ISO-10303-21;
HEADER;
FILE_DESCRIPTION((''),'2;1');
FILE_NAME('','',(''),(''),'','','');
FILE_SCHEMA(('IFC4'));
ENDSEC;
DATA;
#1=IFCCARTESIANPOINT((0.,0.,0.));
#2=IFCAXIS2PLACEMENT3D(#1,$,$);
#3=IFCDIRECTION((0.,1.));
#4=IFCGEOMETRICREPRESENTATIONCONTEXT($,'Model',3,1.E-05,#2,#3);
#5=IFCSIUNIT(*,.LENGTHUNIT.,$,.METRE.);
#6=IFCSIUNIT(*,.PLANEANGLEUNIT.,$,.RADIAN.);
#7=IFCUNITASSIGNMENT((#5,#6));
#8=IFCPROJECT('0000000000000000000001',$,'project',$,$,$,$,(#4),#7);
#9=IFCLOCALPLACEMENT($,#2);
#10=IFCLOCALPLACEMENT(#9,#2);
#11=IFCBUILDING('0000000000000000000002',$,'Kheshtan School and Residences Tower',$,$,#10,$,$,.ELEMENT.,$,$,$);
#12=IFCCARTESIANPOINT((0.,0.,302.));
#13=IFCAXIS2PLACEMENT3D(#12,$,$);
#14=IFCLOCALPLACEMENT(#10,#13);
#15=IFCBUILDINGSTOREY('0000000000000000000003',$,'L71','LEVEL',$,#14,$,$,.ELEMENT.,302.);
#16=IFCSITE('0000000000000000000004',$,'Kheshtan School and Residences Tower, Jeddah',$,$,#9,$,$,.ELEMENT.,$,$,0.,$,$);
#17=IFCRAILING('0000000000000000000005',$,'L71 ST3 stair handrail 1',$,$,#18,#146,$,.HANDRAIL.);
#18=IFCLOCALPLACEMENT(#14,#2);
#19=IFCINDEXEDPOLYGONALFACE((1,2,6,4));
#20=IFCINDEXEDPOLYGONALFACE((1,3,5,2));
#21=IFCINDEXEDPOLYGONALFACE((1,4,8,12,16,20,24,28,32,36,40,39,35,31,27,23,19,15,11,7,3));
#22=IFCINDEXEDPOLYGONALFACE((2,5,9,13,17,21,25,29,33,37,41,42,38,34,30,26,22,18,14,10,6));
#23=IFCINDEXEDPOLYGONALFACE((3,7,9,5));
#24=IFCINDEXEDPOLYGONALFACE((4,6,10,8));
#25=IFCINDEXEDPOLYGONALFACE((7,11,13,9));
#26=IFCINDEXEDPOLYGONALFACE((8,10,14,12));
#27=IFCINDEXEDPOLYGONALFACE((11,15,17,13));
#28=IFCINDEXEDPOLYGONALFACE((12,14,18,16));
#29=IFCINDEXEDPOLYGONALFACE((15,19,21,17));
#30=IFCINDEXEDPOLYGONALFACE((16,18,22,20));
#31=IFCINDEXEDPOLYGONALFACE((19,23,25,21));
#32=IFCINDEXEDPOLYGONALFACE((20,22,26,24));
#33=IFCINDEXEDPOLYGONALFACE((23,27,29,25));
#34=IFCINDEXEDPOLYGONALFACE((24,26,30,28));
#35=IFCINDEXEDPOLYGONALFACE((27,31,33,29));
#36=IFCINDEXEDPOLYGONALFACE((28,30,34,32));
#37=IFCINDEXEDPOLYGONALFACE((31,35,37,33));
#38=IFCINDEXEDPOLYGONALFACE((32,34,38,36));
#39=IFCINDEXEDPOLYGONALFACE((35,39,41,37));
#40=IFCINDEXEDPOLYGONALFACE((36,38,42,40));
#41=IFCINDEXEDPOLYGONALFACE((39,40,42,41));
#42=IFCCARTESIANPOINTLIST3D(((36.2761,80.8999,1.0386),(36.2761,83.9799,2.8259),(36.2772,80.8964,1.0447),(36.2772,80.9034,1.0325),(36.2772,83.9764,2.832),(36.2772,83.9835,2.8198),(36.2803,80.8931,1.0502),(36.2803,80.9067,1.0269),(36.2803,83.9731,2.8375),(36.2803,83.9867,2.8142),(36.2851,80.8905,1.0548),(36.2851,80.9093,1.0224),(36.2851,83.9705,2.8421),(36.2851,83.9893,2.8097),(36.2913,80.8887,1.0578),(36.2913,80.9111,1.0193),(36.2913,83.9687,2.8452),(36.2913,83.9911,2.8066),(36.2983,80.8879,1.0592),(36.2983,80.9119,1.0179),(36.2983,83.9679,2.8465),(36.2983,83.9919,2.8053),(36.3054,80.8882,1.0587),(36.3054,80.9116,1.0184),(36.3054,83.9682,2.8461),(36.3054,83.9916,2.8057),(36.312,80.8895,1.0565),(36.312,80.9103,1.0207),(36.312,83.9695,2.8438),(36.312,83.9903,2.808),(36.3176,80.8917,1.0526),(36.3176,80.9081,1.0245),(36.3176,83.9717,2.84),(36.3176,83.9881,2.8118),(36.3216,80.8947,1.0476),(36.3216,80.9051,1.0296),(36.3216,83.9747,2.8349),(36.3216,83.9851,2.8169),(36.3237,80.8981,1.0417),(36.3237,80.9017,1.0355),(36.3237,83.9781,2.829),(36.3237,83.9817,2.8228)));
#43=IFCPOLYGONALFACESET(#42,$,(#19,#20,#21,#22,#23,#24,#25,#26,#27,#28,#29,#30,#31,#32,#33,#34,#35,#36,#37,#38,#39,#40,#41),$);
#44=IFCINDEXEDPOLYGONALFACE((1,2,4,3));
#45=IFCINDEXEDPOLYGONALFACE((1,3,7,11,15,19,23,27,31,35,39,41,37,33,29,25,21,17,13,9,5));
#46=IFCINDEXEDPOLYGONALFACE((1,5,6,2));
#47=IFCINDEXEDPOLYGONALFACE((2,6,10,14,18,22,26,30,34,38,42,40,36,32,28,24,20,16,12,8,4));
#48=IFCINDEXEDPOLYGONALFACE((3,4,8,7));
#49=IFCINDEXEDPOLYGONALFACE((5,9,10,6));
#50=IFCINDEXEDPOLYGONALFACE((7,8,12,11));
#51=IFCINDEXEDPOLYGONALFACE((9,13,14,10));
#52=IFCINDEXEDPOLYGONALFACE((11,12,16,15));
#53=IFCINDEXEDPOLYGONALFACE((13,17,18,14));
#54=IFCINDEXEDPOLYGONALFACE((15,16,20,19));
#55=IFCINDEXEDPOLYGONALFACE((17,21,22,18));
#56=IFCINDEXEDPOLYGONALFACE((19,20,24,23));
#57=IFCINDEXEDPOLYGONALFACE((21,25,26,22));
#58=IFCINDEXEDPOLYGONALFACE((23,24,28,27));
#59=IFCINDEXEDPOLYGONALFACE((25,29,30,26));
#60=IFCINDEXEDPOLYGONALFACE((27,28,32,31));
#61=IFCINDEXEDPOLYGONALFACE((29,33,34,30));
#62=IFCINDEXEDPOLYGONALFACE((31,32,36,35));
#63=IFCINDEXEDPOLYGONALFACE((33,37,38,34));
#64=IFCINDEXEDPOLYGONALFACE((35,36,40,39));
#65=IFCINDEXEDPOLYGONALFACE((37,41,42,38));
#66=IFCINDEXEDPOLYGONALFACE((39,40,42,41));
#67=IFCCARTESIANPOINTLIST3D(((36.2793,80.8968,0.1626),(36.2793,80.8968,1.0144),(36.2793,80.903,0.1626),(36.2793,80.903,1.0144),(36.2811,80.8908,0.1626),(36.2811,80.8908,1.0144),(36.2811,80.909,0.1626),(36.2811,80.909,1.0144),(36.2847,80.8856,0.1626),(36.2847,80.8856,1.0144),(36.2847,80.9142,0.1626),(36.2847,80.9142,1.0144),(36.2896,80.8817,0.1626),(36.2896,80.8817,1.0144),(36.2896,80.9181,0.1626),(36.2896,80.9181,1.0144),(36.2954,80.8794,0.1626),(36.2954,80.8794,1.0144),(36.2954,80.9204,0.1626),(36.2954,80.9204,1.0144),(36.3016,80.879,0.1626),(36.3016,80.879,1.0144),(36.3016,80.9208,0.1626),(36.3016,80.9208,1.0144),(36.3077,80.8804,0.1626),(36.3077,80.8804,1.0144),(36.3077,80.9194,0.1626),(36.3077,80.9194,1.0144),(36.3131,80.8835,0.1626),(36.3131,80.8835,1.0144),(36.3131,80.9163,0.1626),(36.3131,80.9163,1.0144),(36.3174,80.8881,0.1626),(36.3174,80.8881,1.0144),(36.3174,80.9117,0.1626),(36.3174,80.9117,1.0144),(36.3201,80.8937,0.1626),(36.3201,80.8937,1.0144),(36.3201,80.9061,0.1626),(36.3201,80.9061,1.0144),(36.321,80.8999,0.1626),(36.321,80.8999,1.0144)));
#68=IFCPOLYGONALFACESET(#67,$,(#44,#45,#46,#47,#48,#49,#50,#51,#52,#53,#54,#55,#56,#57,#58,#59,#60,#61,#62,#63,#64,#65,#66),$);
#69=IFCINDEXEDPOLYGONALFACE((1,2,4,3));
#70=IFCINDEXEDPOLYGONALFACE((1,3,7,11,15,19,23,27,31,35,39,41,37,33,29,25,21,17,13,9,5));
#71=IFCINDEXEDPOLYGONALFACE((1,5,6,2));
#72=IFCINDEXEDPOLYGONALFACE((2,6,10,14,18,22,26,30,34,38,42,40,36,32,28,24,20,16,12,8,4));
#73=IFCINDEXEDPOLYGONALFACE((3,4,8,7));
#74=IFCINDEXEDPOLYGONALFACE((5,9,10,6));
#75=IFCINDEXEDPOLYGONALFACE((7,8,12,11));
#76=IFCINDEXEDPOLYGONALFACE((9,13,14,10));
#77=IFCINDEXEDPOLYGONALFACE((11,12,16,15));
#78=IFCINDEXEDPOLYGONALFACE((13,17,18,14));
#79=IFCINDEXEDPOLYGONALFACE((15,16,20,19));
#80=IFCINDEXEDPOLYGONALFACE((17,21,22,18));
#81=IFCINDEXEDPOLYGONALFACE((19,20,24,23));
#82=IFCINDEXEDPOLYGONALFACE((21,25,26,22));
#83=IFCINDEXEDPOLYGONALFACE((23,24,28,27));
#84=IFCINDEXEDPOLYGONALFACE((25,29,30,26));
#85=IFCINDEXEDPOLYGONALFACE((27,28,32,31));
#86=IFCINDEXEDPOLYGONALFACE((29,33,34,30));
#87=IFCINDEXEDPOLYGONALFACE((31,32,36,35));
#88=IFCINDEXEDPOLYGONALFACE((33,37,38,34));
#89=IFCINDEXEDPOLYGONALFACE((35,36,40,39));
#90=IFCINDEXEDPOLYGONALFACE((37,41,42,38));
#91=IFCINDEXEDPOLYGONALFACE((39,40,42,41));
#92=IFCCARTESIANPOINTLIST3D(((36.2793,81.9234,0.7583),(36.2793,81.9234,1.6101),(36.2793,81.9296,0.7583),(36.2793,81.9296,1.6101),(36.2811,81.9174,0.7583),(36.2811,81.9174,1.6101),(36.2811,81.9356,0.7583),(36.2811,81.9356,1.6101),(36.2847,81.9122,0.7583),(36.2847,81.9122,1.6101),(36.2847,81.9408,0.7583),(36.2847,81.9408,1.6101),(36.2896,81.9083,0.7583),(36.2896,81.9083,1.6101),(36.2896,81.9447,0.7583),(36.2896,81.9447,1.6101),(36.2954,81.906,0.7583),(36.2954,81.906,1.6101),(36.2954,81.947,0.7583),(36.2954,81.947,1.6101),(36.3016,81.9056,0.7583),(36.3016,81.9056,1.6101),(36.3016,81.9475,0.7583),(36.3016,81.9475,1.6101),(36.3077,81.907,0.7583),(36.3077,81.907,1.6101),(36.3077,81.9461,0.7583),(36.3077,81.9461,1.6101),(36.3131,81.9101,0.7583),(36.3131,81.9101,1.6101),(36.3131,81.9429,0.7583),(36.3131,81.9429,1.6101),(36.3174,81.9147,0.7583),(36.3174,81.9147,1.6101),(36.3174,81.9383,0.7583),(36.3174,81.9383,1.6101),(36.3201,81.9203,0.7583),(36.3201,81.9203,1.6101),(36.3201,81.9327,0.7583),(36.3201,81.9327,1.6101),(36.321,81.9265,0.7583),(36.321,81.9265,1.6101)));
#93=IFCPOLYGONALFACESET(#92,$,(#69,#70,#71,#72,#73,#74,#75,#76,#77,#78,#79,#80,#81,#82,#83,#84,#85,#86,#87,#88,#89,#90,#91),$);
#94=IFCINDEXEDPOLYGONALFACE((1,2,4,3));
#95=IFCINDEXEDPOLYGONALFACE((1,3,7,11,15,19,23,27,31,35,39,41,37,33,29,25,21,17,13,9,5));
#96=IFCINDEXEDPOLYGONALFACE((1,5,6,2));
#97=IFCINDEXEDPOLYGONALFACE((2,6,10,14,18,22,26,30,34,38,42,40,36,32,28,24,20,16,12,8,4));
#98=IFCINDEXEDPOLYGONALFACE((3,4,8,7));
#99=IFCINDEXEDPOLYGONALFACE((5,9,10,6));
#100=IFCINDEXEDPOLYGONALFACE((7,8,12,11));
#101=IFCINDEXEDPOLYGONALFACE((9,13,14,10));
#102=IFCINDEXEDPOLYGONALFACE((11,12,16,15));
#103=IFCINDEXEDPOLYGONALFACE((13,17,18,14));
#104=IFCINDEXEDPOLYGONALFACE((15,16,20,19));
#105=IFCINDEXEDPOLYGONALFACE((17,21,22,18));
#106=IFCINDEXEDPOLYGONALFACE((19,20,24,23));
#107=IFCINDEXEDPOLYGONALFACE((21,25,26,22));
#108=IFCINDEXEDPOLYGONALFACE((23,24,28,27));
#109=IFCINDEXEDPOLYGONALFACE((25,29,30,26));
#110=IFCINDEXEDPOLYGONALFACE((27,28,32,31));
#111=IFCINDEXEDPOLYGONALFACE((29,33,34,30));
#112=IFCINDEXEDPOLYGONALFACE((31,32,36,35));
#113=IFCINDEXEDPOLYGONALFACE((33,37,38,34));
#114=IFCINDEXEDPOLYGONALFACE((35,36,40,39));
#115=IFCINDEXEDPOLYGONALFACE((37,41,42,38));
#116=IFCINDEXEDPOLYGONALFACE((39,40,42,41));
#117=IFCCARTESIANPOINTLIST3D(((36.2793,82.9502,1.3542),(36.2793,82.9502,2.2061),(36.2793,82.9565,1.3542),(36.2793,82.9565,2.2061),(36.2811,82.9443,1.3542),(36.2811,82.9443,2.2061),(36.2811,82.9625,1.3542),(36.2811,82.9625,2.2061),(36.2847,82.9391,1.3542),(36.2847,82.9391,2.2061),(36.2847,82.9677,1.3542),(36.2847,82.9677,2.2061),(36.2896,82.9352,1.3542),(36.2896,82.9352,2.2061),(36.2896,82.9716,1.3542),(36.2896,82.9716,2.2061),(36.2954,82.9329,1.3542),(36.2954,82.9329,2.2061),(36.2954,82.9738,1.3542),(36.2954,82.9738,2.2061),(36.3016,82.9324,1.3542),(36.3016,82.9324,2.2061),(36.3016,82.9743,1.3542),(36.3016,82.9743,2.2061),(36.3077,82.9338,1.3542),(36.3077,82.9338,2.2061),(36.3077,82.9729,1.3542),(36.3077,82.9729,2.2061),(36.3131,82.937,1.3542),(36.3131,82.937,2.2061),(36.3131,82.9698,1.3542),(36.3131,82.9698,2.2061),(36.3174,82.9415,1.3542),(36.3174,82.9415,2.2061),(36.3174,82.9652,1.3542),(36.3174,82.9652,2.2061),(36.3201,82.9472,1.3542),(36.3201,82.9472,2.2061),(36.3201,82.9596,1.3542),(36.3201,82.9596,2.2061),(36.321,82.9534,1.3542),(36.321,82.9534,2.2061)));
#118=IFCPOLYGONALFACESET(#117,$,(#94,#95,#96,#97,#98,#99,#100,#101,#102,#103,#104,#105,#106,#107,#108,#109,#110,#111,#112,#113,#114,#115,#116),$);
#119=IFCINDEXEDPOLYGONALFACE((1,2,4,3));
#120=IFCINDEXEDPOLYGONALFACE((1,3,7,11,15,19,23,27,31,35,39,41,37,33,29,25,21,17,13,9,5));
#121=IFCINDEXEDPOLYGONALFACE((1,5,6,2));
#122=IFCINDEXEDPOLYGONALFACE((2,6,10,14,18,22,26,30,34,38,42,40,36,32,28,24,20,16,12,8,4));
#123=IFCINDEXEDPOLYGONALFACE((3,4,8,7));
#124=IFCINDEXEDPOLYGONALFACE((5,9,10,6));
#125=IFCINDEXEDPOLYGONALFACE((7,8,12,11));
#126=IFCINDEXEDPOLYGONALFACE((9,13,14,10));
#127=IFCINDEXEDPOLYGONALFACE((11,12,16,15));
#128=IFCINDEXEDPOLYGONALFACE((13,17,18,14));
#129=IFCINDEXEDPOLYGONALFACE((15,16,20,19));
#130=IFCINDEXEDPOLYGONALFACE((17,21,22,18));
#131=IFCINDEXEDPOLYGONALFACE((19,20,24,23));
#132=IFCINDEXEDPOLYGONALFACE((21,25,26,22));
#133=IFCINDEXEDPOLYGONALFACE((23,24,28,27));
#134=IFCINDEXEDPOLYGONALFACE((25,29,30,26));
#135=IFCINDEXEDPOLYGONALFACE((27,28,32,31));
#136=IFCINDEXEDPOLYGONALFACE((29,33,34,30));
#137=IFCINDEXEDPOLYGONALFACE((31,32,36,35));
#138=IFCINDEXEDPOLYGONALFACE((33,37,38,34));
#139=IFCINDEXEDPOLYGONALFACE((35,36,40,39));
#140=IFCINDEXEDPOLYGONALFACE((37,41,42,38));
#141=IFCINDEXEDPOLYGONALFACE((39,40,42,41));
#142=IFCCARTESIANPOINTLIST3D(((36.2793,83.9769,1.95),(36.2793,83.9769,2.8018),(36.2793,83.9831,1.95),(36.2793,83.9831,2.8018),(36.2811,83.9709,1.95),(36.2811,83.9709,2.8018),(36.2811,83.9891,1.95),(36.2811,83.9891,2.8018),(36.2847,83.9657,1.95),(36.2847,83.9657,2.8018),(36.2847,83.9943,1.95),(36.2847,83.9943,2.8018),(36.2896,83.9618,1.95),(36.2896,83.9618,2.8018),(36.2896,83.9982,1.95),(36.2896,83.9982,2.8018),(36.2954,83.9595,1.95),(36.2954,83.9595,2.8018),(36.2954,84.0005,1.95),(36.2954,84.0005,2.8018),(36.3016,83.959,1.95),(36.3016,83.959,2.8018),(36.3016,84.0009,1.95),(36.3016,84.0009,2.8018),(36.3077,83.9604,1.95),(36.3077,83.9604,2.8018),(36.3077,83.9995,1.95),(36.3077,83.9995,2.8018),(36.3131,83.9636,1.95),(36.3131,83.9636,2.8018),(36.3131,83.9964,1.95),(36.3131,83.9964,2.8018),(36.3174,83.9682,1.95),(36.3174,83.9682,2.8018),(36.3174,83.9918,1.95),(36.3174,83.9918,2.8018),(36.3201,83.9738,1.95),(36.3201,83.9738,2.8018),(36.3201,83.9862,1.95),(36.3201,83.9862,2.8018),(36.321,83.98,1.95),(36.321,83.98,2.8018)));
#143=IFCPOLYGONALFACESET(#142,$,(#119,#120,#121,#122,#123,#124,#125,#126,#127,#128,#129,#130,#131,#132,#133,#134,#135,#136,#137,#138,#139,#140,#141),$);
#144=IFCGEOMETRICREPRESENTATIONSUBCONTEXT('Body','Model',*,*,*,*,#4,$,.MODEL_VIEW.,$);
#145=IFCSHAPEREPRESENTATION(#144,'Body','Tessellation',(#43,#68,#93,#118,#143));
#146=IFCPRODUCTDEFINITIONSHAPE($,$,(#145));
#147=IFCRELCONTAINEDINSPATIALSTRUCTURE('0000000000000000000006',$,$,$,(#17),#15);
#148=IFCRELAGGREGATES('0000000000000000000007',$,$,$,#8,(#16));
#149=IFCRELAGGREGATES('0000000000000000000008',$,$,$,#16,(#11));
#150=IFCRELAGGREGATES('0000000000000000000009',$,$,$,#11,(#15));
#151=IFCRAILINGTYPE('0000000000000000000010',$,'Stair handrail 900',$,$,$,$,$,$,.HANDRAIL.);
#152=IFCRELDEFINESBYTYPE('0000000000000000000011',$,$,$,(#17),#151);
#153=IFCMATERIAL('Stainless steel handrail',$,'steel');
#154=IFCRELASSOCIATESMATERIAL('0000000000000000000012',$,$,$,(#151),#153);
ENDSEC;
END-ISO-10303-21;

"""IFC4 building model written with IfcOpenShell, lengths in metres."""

from ifc_helpers import new_model, si_unit, direction, frame, origin, origin_2d, place, context, subcontext, project, spatial, circle, extrude, material, type_object, element, save


model = new_model("IFC4")

# Units and contexts
model_context = context("Model", 3, precision=1e-05, world=origin(), true_north=direction((0.0, 1.0)))
body_context = subcontext(model_context, "Body", "Model", "MODEL_VIEW")
ifc_project = project(units=[si_unit("LENGTHUNIT", "METRE"), si_unit("PLANEANGLEUNIT", "RADIAN")], contexts=[model_context])

# Site, building, storey
site_placement = place(None, origin())
site = spatial("IfcSite", under=ifc_project, at=site_placement, Name="Kheshtan School and Residences Tower, Jeddah", CompositionType="ELEMENT", RefElevation=0.0)
building_placement = place(site_placement, origin())
building = spatial("IfcBuilding", under=site, at=building_placement, Name="Kheshtan School and Residences Tower", CompositionType="ELEMENT")
storey_placement = place(building_placement, frame((0.0, 0.0, 302.0)))
storey = spatial("IfcBuildingStorey", under=building, at=storey_placement, Name="L71", Description="LEVEL", CompositionType="ELEMENT", Elevation=302.0)

# Railing
ifc_material_1 = material(Name="Stainless steel handrail", Category="steel")
railing_type_1 = type_object("IfcRailingType", Name="Stair handrail 900", PredefinedType="HANDRAIL", material=ifc_material_1)
railing_1_placement = place(storey_placement, frame((36.3, 80.8999, 0.1626)))
element("IfcRailing", 1, at=railing_1_placement, inside=storey, type_object=railing_type_1, Name="L71 ST3 stair handrail 1", PredefinedType="HANDRAIL", context=body_context, shape_type="SweptSolid", body=[
    extrude(circle(Radius=0.0239, at=origin_2d()), frame((0.0, 0.0, 0.876), z_axis=(0.0, 0.86492, 0.501909), x_axis=(-1.0, 0.0, 0.0)), (0.0, 0.0, 1.0), 3.561),
    extrude(circle(Radius=0.021, at=origin_2d()), origin(), (0.0, 0.0, 1.0), 0.8518),
    extrude(circle(Radius=0.021, at=origin_2d()), frame((0.0, 1.0266, 0.5957)), (0.0, 0.0, 1.0), 0.8518),
    extrude(circle(Radius=0.021, at=origin_2d()), frame((0.0, 2.0535, 1.1917)), (0.0, 0.0, 1.0), 0.8518),
    extrude(circle(Radius=0.021, at=origin_2d()), frame((0.0, 3.0801, 1.7874)), (0.0, 0.0, 1.0), 0.8518),
])

save(model, "model.ifc")
